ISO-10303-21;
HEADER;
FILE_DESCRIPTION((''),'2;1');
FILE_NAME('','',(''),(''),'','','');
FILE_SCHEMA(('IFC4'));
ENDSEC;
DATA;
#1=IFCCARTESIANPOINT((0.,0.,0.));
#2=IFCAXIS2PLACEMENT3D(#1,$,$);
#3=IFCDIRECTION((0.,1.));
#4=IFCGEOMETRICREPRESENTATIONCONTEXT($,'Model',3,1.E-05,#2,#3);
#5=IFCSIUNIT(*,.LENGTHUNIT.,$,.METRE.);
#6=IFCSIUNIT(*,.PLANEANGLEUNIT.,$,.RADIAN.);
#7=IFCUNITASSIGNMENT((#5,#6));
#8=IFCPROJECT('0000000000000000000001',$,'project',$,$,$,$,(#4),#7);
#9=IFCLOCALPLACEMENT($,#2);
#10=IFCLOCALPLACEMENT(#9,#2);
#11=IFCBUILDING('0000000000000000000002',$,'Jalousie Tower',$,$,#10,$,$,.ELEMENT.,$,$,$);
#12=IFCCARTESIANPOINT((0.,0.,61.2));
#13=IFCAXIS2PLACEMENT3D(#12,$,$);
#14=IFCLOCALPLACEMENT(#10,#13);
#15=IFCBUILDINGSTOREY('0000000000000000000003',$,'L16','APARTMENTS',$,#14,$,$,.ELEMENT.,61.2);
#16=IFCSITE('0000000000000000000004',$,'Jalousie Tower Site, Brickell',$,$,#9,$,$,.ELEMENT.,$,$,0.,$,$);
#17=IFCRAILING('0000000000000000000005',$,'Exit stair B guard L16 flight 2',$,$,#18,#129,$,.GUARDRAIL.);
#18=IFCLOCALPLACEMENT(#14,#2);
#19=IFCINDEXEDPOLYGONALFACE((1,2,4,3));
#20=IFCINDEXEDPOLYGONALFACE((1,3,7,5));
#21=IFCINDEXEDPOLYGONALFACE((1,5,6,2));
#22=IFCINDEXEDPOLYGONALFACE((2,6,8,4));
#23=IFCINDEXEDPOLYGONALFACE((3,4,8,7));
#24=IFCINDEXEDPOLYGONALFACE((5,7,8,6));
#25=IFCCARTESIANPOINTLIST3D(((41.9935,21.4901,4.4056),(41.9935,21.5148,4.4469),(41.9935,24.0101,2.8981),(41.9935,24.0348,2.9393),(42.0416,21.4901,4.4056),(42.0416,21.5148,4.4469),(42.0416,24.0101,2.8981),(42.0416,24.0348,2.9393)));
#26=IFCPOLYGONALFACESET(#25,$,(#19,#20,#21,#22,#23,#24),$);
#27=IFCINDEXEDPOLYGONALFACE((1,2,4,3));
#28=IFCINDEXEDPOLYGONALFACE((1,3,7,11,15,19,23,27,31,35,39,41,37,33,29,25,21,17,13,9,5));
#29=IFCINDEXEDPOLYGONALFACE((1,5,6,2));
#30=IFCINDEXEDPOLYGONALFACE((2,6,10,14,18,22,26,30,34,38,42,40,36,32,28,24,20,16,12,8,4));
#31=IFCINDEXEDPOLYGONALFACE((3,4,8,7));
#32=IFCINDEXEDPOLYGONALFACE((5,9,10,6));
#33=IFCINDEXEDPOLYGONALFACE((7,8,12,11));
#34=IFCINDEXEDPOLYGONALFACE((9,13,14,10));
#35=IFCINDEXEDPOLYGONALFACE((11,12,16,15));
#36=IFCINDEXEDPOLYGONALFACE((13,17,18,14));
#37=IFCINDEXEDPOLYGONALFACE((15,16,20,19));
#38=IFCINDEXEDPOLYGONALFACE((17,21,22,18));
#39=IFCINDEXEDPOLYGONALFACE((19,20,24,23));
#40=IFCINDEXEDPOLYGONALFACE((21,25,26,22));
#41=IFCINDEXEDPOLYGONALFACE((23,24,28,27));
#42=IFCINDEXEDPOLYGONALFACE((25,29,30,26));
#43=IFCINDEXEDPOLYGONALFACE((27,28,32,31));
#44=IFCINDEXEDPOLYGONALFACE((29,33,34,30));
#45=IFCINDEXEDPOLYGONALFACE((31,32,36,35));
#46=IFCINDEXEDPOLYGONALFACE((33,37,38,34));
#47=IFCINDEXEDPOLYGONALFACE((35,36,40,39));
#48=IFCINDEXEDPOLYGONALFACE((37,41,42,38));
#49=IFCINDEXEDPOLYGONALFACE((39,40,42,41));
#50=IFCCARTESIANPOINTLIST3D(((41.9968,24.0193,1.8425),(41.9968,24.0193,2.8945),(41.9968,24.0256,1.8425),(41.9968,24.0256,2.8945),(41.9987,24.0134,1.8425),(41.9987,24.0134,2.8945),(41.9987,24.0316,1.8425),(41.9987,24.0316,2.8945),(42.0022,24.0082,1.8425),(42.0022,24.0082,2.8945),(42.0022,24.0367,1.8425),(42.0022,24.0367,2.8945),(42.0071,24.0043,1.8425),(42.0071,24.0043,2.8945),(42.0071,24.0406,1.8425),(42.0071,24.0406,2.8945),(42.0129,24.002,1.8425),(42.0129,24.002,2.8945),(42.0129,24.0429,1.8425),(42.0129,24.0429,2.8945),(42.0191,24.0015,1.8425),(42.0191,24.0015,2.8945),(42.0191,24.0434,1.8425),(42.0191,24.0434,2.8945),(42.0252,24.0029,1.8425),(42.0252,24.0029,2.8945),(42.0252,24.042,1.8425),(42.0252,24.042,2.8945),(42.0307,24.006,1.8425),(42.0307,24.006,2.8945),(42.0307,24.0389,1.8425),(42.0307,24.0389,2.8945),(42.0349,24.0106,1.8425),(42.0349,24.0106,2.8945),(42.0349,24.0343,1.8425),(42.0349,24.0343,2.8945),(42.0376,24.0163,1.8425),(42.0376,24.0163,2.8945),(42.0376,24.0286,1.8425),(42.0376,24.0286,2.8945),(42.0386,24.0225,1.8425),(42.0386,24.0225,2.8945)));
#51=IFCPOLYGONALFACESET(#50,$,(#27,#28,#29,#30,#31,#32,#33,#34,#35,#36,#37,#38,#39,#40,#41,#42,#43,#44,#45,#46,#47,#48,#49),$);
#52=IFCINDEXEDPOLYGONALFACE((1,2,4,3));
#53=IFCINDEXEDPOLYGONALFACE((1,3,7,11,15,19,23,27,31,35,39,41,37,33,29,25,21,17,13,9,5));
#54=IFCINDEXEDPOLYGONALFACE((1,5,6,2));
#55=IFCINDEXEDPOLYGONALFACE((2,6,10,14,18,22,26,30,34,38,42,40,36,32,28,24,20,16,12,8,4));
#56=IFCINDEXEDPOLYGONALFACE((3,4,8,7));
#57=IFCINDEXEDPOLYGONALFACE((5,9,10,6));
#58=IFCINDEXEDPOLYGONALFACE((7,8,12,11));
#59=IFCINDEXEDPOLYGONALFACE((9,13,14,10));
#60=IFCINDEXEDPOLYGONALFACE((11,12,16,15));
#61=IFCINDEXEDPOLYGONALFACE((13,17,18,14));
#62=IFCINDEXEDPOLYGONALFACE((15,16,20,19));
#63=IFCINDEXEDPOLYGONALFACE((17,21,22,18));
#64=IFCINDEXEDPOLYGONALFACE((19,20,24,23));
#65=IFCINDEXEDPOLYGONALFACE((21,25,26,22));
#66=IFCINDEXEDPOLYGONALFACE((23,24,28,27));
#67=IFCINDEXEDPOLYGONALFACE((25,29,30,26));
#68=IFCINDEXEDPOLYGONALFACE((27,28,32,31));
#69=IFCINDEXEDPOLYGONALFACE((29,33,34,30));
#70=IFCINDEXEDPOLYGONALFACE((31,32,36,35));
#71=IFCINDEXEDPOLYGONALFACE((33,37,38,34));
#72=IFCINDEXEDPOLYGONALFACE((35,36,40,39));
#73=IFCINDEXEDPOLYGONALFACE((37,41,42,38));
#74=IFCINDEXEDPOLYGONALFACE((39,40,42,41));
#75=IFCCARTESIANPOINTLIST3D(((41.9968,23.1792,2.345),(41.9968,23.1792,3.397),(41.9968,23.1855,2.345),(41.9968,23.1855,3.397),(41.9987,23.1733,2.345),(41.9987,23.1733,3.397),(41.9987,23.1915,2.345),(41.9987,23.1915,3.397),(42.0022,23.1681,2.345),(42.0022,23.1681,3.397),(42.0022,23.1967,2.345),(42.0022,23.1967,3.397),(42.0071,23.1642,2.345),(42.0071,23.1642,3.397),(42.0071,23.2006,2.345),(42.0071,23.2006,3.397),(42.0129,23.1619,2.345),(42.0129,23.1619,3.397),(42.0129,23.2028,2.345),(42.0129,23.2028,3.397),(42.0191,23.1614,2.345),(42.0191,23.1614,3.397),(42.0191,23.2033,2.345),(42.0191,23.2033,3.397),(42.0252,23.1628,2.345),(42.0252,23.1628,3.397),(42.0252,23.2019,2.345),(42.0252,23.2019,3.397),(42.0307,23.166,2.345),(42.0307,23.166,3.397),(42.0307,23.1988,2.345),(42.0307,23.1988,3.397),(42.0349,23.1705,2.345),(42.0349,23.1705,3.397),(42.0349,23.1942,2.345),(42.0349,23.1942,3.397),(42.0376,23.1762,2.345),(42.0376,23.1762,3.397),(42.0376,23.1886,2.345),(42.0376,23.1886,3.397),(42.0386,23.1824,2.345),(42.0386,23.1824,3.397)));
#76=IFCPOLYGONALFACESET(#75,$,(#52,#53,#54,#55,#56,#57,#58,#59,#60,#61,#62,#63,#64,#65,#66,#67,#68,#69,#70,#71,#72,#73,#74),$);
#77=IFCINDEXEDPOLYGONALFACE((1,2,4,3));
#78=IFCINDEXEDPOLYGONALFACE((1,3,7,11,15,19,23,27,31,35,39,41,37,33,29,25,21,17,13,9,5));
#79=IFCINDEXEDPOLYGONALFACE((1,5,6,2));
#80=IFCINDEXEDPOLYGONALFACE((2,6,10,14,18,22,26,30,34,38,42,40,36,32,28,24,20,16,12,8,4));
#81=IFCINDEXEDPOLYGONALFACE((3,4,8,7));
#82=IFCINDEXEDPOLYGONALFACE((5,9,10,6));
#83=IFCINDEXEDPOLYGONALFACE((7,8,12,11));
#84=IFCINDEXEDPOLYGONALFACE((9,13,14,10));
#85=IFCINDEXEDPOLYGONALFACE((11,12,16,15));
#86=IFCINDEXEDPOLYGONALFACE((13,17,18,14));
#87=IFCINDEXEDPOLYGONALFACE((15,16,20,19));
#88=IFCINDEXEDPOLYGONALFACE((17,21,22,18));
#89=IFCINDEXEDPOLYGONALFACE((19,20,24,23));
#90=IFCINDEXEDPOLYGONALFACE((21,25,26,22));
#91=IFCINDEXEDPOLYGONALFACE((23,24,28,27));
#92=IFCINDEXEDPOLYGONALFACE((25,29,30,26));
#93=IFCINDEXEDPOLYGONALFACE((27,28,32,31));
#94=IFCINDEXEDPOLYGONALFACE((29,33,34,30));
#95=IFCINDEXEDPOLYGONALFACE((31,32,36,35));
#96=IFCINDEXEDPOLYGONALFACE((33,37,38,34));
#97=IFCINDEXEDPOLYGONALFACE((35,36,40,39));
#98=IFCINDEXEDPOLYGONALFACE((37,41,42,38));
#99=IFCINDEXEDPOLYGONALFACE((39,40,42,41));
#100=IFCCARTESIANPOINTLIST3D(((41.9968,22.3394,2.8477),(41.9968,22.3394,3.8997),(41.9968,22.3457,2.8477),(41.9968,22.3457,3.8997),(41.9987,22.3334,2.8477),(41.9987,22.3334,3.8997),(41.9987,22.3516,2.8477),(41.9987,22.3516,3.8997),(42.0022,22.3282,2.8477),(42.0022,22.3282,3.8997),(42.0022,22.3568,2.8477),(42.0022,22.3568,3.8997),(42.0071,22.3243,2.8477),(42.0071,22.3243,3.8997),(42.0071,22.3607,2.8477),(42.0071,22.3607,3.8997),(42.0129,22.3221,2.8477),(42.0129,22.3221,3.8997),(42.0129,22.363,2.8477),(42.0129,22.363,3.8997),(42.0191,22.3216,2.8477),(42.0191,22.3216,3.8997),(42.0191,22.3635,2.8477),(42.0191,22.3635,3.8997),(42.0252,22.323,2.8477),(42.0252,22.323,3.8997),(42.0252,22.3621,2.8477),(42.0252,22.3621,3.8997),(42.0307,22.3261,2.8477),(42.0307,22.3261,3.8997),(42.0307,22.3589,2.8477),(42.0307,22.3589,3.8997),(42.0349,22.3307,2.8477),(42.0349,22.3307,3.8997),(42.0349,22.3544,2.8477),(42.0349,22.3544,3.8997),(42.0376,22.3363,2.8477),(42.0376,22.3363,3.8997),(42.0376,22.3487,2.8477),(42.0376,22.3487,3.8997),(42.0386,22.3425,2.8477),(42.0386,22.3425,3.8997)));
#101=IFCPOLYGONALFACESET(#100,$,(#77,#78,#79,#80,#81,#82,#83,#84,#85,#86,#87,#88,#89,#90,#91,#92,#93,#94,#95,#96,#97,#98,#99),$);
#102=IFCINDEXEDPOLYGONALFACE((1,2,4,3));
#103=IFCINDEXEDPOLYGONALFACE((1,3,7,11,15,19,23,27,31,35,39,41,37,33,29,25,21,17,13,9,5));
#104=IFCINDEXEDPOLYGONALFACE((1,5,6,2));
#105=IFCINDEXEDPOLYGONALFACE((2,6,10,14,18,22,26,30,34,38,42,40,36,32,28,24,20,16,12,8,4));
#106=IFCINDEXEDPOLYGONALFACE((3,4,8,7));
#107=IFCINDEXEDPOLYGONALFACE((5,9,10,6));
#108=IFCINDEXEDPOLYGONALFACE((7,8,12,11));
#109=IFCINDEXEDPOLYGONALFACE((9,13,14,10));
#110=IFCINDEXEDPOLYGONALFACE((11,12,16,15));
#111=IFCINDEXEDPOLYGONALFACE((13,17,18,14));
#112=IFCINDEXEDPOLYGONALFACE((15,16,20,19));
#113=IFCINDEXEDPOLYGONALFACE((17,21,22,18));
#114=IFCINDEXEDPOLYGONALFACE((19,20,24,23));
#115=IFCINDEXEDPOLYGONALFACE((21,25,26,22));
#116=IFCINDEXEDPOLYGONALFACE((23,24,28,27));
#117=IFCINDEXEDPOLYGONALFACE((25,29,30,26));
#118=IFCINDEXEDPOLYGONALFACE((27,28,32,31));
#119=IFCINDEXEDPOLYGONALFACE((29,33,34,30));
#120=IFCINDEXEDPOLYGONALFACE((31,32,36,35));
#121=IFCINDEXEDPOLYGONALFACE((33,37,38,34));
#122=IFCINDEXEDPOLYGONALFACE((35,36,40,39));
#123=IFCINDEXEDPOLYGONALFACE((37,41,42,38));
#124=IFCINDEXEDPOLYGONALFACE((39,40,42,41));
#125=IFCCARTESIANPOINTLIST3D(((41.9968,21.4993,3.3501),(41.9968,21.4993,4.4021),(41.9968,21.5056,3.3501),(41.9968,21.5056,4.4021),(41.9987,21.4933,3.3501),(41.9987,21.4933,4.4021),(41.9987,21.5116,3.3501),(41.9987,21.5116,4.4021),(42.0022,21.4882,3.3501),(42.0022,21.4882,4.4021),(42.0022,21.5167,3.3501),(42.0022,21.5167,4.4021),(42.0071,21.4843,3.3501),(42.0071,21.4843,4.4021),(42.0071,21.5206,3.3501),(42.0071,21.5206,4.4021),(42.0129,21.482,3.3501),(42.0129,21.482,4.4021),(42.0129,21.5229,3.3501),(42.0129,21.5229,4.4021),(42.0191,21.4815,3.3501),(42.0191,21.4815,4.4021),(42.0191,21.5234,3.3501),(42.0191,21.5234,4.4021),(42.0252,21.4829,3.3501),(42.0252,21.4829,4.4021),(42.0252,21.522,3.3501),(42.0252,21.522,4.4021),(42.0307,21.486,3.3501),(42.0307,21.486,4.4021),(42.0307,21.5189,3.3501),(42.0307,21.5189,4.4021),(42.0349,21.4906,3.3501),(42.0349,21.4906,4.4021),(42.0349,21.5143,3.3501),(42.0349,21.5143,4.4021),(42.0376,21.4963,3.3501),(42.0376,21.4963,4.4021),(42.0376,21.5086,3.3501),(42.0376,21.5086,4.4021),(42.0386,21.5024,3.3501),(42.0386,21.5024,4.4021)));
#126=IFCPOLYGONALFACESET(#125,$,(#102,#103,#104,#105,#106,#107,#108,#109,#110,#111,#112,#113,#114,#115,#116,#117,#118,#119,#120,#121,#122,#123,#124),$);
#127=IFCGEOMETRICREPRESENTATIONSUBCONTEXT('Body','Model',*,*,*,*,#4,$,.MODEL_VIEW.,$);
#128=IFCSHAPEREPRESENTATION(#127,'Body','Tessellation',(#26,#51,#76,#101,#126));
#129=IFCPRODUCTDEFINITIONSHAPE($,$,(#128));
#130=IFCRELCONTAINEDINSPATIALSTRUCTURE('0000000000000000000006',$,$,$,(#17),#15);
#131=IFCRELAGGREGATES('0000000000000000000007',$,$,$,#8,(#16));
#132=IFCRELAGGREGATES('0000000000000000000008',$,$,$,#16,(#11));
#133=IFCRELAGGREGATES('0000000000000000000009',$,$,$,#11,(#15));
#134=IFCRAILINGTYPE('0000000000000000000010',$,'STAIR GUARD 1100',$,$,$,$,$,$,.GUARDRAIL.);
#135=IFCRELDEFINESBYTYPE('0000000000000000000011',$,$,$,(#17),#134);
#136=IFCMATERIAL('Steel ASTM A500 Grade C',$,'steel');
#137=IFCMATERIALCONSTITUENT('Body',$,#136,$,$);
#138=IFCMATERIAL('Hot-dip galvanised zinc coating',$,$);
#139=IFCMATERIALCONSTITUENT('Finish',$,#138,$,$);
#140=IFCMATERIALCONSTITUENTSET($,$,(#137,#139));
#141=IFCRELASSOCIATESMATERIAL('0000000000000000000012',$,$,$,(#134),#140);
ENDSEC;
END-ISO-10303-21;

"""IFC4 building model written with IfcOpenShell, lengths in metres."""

from ifc_helpers import new_model, si_unit, direction, frame, origin, origin_2d, place, context, subcontext, project, spatial, rectangle, circle, extrude, material, constituent, constituent_set, type_object, element, save


model = new_model("IFC4")

# Units and contexts
model_context = context("Model", 3, precision=1e-05, world=origin(), true_north=direction((0.0, 1.0)))
body_context = subcontext(model_context, "Body", "Model", "MODEL_VIEW")
ifc_project = project(units=[si_unit("LENGTHUNIT", "METRE"), si_unit("PLANEANGLEUNIT", "RADIAN")], contexts=[model_context])

# Site, building, storey
site_placement = place(None, origin())
site = spatial("IfcSite", under=ifc_project, at=site_placement, Name="Jalousie Tower Site, Brickell", CompositionType="ELEMENT", RefElevation=0.0)
building_placement = place(site_placement, origin())
building = spatial("IfcBuilding", under=site, at=building_placement, Name="Jalousie Tower", CompositionType="ELEMENT")
storey_placement = place(building_placement, frame((0.0, 0.0, 61.2)))
storey = spatial("IfcBuildingStorey", under=building, at=storey_placement, Name="L16", Description="APARTMENTS", CompositionType="ELEMENT", Elevation=61.2)

# Railing
ifc_material_1 = material(Name="Steel ASTM A500 Grade C", Category="steel")
ifc_constituent_1 = constituent(ifc_material_1, Name="Body")
ifc_material_2 = material(Name="Hot-dip galvanised zinc coating")
ifc_constituent_2 = constituent(ifc_material_2, Name="Finish")
ifc_constituent_set_1 = constituent_set(constituents=[ifc_constituent_1, ifc_constituent_2])
railing_type_1 = type_object("IfcRailingType", Name="STAIR GUARD 1100", PredefinedType="GUARDRAIL", material=ifc_constituent_set_1)
railing_1_placement = place(storey_placement, frame((42.0176, 24.0225, 1.8425)))
element("IfcRailing", 1, at=railing_1_placement, inside=storey, type_object=railing_type_1, Name="Exit stair B guard L16 flight 2", PredefinedType="GUARDRAIL", context=body_context, shape_type="SweptSolid", body=[
    extrude(rectangle(XDim=0.0481, YDim=0.0481, at=origin_2d()), frame((0.0, 0.0, 1.0762), z_axis=(0.0, -0.85816, 0.513383), x_axis=(1.0, 0.0, 0.0)), (0.0, 0.0, 1.0), 2.9365),
    extrude(circle(Radius=0.021, at=origin_2d()), origin(), (0.0, 0.0, 1.0), 1.052),
    extrude(circle(Radius=0.021, at=origin_2d()), frame((0.0, -0.8401, 0.5024)), (0.0, 0.0, 1.0), 1.052),
    extrude(circle(Radius=0.021, at=origin_2d()), frame((0.0, -1.6799, 1.0051)), (0.0, 0.0, 1.0), 1.052),
    extrude(circle(Radius=0.021, at=origin_2d()), frame((0.0, -2.52, 1.5076)), (0.0, 0.0, 1.0), 1.052),
])

save(model, "model.ifc")
